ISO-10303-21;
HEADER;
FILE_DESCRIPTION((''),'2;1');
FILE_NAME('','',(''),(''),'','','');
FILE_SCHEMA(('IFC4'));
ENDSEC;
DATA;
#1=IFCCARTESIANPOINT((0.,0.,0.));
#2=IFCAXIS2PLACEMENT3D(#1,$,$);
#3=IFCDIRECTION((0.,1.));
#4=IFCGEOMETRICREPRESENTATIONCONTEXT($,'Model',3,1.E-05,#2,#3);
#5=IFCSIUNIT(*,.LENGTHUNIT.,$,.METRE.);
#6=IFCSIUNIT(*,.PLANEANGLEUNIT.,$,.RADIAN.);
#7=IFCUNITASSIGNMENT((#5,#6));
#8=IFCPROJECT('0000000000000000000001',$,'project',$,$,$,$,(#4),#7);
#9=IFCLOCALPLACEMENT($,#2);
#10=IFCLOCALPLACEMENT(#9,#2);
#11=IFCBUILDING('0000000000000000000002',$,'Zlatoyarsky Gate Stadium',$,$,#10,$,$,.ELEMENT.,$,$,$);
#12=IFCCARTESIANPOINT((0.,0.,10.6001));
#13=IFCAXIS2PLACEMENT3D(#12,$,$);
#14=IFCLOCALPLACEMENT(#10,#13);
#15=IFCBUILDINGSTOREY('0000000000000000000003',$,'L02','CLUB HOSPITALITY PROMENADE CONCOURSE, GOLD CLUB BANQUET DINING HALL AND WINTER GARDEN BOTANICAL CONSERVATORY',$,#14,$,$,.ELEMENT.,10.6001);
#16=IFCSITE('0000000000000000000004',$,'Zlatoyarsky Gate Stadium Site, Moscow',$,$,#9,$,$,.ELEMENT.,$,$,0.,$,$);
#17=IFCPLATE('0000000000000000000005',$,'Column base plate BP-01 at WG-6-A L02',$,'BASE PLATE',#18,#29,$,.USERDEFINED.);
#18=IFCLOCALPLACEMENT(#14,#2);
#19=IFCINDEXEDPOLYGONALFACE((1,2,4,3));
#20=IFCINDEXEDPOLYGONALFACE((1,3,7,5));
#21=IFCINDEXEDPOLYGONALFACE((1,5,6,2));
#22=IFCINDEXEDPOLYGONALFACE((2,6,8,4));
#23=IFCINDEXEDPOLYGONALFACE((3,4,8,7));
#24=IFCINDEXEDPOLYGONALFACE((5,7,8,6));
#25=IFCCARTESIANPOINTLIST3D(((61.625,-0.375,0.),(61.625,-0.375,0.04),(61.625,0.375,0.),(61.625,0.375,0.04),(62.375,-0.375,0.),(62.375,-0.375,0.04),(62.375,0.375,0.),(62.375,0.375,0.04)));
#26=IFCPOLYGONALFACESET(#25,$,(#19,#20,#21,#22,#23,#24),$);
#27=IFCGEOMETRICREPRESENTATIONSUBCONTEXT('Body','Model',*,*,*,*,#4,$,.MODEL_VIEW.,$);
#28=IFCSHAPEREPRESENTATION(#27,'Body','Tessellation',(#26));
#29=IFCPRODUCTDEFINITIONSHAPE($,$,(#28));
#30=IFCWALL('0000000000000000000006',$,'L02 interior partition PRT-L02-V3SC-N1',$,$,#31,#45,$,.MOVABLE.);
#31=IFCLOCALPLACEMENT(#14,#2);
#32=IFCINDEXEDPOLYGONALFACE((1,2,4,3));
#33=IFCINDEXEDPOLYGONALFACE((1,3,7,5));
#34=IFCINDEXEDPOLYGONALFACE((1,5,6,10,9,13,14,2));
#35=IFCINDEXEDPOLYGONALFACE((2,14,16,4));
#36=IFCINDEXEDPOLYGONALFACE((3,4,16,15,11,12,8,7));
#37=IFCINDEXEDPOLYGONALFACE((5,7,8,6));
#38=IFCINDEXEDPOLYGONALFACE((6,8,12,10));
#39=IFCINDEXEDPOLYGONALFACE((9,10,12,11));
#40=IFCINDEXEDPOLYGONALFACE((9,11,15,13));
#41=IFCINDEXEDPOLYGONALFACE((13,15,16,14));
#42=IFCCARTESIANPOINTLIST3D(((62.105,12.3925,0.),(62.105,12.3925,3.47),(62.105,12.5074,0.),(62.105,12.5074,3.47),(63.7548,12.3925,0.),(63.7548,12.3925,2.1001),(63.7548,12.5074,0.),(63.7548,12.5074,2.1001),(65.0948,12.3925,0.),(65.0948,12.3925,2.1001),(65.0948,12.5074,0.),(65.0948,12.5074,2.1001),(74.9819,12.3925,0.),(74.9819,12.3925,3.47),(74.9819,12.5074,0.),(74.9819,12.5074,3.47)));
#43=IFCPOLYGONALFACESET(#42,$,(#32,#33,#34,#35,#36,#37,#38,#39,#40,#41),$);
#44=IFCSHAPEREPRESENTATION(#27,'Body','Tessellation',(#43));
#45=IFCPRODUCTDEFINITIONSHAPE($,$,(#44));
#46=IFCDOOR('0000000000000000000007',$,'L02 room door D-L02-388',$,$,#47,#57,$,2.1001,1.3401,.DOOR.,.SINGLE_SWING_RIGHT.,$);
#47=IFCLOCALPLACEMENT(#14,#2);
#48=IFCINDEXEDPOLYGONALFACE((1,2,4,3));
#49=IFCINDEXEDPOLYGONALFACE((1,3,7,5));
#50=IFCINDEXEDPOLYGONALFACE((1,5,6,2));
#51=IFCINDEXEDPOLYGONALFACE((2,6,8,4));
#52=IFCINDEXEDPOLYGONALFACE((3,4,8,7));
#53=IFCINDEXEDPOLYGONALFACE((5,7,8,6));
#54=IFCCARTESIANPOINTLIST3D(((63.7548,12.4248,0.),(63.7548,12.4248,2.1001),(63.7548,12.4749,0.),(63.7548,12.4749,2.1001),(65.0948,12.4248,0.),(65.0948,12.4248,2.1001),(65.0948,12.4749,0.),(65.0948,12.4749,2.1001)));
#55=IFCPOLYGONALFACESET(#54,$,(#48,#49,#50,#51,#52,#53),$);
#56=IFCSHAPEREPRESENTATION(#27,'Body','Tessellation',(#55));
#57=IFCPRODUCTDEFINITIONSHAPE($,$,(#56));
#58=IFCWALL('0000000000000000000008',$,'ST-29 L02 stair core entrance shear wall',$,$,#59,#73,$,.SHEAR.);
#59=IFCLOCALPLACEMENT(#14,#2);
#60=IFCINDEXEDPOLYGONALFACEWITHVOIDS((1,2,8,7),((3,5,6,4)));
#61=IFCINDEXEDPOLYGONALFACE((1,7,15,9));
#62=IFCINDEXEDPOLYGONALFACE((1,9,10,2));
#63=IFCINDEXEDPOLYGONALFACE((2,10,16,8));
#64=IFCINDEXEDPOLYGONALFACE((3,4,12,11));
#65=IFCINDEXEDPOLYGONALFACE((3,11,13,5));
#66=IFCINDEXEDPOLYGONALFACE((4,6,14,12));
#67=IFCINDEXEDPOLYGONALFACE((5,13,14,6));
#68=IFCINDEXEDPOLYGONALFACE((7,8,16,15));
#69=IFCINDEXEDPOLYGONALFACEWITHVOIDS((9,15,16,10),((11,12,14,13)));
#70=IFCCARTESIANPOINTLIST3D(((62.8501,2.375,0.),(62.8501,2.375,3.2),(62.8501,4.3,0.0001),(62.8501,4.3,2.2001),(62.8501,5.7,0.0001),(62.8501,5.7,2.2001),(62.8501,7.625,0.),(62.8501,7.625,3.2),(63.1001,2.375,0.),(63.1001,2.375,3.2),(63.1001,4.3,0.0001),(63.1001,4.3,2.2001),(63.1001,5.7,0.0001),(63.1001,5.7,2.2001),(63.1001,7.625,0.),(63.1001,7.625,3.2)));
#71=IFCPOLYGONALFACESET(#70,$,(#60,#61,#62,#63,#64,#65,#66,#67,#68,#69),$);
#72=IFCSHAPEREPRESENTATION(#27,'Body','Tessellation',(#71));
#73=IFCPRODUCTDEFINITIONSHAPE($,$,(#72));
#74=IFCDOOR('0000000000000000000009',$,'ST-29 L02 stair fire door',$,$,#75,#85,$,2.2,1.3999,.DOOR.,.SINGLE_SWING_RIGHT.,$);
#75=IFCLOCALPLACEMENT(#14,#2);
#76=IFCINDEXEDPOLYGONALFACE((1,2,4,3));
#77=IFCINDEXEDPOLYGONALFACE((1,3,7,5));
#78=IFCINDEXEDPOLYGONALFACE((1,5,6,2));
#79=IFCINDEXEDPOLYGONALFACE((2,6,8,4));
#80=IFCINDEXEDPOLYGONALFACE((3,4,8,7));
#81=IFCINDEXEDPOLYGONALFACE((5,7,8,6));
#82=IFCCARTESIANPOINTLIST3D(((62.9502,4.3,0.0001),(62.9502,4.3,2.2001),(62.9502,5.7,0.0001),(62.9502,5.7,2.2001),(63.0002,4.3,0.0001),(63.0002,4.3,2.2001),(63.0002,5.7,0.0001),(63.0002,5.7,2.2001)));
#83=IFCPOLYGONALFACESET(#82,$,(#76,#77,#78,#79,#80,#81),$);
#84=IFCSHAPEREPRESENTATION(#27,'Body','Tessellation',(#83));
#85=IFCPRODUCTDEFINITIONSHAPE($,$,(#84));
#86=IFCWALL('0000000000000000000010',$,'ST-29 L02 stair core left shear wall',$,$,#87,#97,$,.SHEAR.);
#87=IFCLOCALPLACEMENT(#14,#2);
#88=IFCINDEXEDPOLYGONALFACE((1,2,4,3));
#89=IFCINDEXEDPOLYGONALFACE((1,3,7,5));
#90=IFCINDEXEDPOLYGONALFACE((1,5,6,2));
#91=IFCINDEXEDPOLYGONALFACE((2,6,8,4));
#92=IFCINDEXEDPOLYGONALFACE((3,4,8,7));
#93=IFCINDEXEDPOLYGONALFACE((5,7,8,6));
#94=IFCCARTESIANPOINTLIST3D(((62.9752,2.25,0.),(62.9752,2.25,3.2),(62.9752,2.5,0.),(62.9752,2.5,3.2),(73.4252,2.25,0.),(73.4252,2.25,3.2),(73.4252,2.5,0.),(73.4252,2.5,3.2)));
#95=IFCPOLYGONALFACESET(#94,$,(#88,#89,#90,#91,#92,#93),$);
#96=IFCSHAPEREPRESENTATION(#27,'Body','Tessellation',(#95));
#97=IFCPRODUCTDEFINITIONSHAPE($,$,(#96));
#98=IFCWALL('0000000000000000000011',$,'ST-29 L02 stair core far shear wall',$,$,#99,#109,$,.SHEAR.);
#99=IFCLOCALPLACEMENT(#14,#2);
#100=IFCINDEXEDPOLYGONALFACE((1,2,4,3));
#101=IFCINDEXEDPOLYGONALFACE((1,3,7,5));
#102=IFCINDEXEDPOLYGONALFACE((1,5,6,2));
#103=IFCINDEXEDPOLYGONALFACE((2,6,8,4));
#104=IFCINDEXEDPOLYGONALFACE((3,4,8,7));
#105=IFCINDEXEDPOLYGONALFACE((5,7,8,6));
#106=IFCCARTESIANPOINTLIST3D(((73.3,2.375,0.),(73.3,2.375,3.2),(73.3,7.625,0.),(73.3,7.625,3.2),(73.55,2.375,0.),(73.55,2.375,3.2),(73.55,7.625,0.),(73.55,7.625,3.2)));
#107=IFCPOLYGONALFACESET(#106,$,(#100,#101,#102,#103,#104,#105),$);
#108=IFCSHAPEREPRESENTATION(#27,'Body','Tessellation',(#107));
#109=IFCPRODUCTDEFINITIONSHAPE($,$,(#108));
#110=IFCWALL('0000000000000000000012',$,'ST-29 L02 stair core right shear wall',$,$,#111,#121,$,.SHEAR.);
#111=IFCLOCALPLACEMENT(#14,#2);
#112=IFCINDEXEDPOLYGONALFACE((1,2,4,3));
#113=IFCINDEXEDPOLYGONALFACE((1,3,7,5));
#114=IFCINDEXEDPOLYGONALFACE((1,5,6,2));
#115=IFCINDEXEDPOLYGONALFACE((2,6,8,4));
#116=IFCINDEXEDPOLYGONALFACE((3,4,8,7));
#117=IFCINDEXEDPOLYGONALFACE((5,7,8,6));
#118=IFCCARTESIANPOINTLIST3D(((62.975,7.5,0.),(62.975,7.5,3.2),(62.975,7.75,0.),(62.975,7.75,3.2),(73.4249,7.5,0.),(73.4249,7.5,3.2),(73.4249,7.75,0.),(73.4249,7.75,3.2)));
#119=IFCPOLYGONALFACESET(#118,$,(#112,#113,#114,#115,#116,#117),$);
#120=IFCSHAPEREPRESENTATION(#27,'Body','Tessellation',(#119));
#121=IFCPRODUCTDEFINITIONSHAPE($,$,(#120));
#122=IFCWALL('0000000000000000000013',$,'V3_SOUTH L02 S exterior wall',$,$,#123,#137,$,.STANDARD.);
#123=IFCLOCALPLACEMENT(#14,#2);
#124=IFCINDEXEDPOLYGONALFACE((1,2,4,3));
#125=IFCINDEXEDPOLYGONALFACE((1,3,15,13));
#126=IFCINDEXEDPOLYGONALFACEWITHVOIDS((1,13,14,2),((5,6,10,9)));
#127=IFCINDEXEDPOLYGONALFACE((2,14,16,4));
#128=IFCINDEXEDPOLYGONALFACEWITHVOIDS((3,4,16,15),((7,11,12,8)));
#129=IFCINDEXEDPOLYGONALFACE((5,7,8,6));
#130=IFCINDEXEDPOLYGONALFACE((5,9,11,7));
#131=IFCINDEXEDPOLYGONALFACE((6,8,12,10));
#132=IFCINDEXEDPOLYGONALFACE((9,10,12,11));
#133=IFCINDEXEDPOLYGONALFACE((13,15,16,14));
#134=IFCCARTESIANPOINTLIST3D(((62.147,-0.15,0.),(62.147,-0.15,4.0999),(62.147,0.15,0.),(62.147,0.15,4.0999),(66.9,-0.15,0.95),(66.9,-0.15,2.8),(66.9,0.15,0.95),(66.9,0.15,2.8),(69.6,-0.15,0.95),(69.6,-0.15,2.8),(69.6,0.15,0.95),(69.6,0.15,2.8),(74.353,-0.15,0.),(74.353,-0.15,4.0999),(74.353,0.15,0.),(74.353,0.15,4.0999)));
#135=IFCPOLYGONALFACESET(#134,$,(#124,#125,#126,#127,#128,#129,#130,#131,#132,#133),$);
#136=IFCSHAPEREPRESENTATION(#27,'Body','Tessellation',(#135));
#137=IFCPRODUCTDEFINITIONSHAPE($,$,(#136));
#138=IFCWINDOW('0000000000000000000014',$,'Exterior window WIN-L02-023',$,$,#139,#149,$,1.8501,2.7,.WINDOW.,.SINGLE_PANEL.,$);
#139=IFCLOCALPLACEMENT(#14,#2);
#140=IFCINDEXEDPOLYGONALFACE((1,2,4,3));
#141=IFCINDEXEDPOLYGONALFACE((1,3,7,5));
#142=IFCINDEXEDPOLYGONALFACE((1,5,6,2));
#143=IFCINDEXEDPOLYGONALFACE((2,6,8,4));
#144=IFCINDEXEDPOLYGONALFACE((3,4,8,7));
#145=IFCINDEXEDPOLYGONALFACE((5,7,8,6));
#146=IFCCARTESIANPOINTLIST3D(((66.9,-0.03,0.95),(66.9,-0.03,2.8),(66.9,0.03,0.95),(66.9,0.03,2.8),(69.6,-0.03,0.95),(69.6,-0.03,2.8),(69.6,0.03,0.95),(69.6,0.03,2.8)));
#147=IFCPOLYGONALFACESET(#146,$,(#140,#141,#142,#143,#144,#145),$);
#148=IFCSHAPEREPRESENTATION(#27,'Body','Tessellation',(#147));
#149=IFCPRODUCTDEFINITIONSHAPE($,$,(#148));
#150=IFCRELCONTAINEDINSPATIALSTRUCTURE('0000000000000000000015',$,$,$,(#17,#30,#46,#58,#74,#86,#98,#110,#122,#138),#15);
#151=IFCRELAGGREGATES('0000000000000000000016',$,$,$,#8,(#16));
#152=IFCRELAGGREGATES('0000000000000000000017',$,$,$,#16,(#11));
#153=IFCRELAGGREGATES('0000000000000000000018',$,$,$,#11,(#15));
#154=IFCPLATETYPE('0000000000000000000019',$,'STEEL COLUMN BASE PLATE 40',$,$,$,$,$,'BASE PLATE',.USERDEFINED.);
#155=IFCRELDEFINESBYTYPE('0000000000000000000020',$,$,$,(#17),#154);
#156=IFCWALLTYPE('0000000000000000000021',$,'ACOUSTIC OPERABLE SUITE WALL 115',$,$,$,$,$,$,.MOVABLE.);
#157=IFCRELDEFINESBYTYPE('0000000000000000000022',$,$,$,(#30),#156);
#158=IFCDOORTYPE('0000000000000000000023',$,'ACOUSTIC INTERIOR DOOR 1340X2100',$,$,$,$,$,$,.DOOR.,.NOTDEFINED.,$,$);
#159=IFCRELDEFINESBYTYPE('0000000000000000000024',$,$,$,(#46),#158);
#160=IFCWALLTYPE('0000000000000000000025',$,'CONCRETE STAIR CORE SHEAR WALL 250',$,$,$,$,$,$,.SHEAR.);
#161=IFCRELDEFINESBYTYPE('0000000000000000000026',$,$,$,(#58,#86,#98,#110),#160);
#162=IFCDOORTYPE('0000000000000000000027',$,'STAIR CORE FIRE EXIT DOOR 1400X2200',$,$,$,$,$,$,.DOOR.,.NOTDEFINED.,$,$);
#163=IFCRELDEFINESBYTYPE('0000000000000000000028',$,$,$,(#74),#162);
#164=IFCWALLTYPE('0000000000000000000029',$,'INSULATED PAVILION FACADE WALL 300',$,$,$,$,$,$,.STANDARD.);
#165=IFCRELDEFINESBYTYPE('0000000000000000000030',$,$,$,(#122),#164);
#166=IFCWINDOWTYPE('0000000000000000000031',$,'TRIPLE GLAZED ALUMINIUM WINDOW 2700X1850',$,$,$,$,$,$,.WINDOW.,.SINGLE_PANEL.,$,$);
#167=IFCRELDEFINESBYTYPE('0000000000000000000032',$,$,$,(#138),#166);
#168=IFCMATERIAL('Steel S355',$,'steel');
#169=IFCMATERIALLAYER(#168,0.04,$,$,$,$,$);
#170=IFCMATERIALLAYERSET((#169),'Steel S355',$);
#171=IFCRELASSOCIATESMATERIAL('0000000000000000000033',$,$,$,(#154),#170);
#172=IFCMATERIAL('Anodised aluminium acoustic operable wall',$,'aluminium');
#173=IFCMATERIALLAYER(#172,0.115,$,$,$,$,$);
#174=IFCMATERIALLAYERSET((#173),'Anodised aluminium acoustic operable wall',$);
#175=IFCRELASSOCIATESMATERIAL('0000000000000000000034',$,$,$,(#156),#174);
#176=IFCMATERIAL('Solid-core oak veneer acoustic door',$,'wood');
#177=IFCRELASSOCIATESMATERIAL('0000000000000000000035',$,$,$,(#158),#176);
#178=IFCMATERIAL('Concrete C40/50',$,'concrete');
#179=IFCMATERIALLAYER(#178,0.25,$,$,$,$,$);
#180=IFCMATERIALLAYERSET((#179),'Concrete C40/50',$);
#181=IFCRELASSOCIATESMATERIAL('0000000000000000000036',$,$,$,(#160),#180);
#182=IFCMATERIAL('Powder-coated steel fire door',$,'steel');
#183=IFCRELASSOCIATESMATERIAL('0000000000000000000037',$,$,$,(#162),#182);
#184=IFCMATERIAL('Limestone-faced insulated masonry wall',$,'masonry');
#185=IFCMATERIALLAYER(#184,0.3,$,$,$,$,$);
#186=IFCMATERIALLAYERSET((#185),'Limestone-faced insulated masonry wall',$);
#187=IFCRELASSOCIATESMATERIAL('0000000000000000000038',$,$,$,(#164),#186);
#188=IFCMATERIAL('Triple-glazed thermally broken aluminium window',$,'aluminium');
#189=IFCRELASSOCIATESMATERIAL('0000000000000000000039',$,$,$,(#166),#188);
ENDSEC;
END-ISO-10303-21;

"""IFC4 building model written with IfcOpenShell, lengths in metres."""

from ifc_helpers import new_model, si_unit, direction, frame, frame_2d, origin, origin_2d, place, context, subcontext, project, spatial, rectangle, extrude, material, layer, layer_set, type_object, element, fill, save


model = new_model("IFC4")

# Units and contexts
model_context = context("Model", 3, precision=1e-05, world=origin(), true_north=direction((0.0, 1.0)))
body_context = subcontext(model_context, "Body", "Model", "MODEL_VIEW")
ifc_project = project(units=[si_unit("LENGTHUNIT", "METRE"), si_unit("PLANEANGLEUNIT", "RADIAN")], contexts=[model_context])

# Site, building, storey
site_placement = place(None, origin())
site = spatial("IfcSite", under=ifc_project, at=site_placement, Name="Zlatoyarsky Gate Stadium Site, Moscow", CompositionType="ELEMENT", RefElevation=0.0)
building_placement = place(site_placement, origin())
building = spatial("IfcBuilding", under=site, at=building_placement, Name="Zlatoyarsky Gate Stadium", CompositionType="ELEMENT")
storey_placement = place(building_placement, frame((0.0, 0.0, 10.6001)))
storey = spatial("IfcBuildingStorey", under=building, at=storey_placement, Name="L02", Description="CLUB HOSPITALITY PROMENADE CONCOURSE, GOLD CLUB BANQUET DINING HALL AND WINTER GARDEN BOTANICAL CONSERVATORY", CompositionType="ELEMENT", Elevation=10.6001)

# Shared definitions
ifc_material_1 = material(Name="Steel S355", Category="steel")

# Plate
ifc_layer_1 = layer(ifc_material_1, 0.04)
ifc_layer_set_1 = layer_set([ifc_layer_1], Name="Steel S355")
plate_type = type_object("IfcPlateType", Name="STEEL COLUMN BASE PLATE 40", ElementType="BASE PLATE", PredefinedType="USERDEFINED", material=ifc_layer_set_1)
plate_placement = place(storey_placement, frame((62.0, 0.0, 0.0), z_axis=(0.0, 0.0, 1.0), x_axis=(1.0, 0.0, 0.0)))
element("IfcPlate", 1, at=plate_placement, inside=storey, type_object=plate_type, Name="Column base plate BP-01 at WG-6-A L02", ObjectType="BASE PLATE", PredefinedType="USERDEFINED", context=body_context, shape_type="SweptSolid", body=[
    extrude(rectangle(XDim=0.75, YDim=0.75, at=origin_2d()), origin(), (0.0, 0.0, 1.0), 0.04),
])

# Walls, openings, doors
ifc_material_2 = material(Name="Anodised aluminium acoustic operable wall", Category="aluminium")
ifc_layer_2 = layer(ifc_material_2, 0.115)
ifc_layer_set_2 = layer_set([ifc_layer_2], Name="Anodised aluminium acoustic operable wall")
wall_type_1 = type_object("IfcWallType", Name="ACOUSTIC OPERABLE SUITE WALL 115", PredefinedType="MOVABLE", material=ifc_layer_set_2)
wall_1_placement = place(storey_placement, frame((62.105, 12.45, 0.0), z_axis=(0.0, 0.0, 1.0), x_axis=(1.0, 0.0, 0.0)))
wall_1 = element("IfcWall", 2, at=wall_1_placement, inside=storey, type_object=wall_type_1, Name="L02 interior partition PRT-L02-V3SC-N1", PredefinedType="MOVABLE", context=body_context, shape_type="SweptSolid", body=[
    extrude(rectangle(XDim=12.877, YDim=0.115, at=frame_2d((6.4385, 0.0))), origin(), (0.0, 0.0, 1.0), 3.47),
])
opening_1_placement = place(wall_1_placement, frame((1.6499, 0.0, 0.0)))
opening_1 = element("IfcOpeningElement", 3, at=opening_1_placement, cuts=wall_1, PredefinedType="OPENING", context=body_context, shape_type="SweptSolid", body=[
    extrude(rectangle(XDim=1.3401, YDim=2.1001, at=frame_2d((0.6699, 1.05))), frame((0.0, 0.0674, 0.0), z_axis=(0.0, -1.0, 0.0), x_axis=(1.0, 0.0, 0.0)), (0.0, 0.0, 1.0), 0.135),
])
ifc_material_3 = material(Name="Solid-core oak veneer acoustic door", Category="wood")
door_type_1 = type_object("IfcDoorType", Name="ACOUSTIC INTERIOR DOOR 1340X2100", OperationType="NOTDEFINED", PredefinedType="DOOR", material=ifc_material_3)
door_1_placement = place(opening_1_placement, origin())
door_1 = element("IfcDoor", 4, at=door_1_placement, inside=storey, type_object=door_type_1, Name="L02 room door D-L02-388", OperationType="SINGLE_SWING_RIGHT", OverallHeight=2.1001, OverallWidth=1.3401, PredefinedType="DOOR", context=body_context, shape_type="SweptSolid", body=[
    extrude(rectangle(XDim=1.3401, YDim=2.1001, at=frame_2d((0.6699, 1.05))), frame((0.0, 0.0249, 0.0), z_axis=(0.0, -1.0, 0.0), x_axis=(1.0, 0.0, 0.0)), (0.0, 0.0, 1.0), 0.05),
])
fill(opening_1, door_1)
ifc_material_4 = material(Name="Concrete C40/50", Category="concrete")
ifc_layer_3 = layer(ifc_material_4, 0.25)
ifc_layer_set_3 = layer_set([ifc_layer_3], Name="Concrete C40/50")
wall_type_2 = type_object("IfcWallType", Name="CONCRETE STAIR CORE SHEAR WALL 250", PredefinedType="SHEAR", material=ifc_layer_set_3)
wall_2_placement = place(storey_placement, frame((62.9751, 7.625, 0.0), z_axis=(0.0, 0.0, 1.0), x_axis=(0.0, -1.0, 0.0)))
wall_2 = element("IfcWall", 5, at=wall_2_placement, inside=storey, type_object=wall_type_2, Name="ST-29 L02 stair core entrance shear wall", PredefinedType="SHEAR", context=body_context, shape_type="SweptSolid", body=[
    extrude(rectangle(XDim=5.25, YDim=0.25, at=frame_2d((2.625, 0.0))), origin(), (0.0, 0.0, 1.0), 3.2),
])
opening_2_placement = place(wall_2_placement, frame((1.925, 0.0, 0.0)))
opening_2 = element("IfcOpeningElement", 6, at=opening_2_placement, cuts=wall_2, PredefinedType="OPENING", context=body_context, shape_type="SweptSolid", body=[
    extrude(rectangle(XDim=1.3999, YDim=2.2, at=frame_2d((0.7, 1.1001))), frame((0.0, 0.135, 0.0), z_axis=(0.0, -1.0, 0.0), x_axis=(1.0, 0.0, 0.0)), (0.0, 0.0, 1.0), 0.27),
])
ifc_material_5 = material(Name="Powder-coated steel fire door", Category="steel")
door_type_2 = type_object("IfcDoorType", Name="STAIR CORE FIRE EXIT DOOR 1400X2200", OperationType="NOTDEFINED", PredefinedType="DOOR", material=ifc_material_5)
door_2_placement = place(opening_2_placement, frame((1.3999, 0.0, 0.0), z_axis=(0.0, 0.0, 1.0), x_axis=(-1.0, 0.0, 0.0)))
door_2 = element("IfcDoor", 7, at=door_2_placement, inside=storey, type_object=door_type_2, Name="ST-29 L02 stair fire door", OperationType="SINGLE_SWING_RIGHT", OverallHeight=2.2, OverallWidth=1.3999, PredefinedType="DOOR", context=body_context, shape_type="SweptSolid", body=[
    extrude(rectangle(XDim=1.3999, YDim=2.2, at=frame_2d((0.7, 1.1001))), frame((0.0, 0.0249, 0.0), z_axis=(0.0, -1.0, 0.0), x_axis=(1.0, 0.0, 0.0)), (0.0, 0.0, 1.0), 0.05),
])
fill(opening_2, door_2)

# Walls
wall_3_placement = place(storey_placement, frame((62.9751, 2.375, 0.0), z_axis=(0.0, 0.0, 1.0), x_axis=(1.0, 0.0, 0.0)))
element("IfcWall", 8, at=wall_3_placement, inside=storey, type_object=wall_type_2, Name="ST-29 L02 stair core left shear wall", PredefinedType="SHEAR", context=body_context, shape_type="SweptSolid", body=[
    extrude(rectangle(XDim=10.45, YDim=0.25, at=frame_2d((5.2251, 0.0))), origin(), (0.0, 0.0, 1.0), 3.2),
])
wall_4_placement = place(storey_placement, frame((73.425, 2.375, 0.0), z_axis=(0.0, 0.0, 1.0), x_axis=(0.0, 1.0, 0.0)))
element("IfcWall", 9, at=wall_4_placement, inside=storey, type_object=wall_type_2, Name="ST-29 L02 stair core far shear wall", PredefinedType="SHEAR", context=body_context, shape_type="SweptSolid", body=[
    extrude(rectangle(XDim=5.25, YDim=0.25, at=frame_2d((2.625, 0.0))), origin(), (0.0, 0.0, 1.0), 3.2),
])
wall_5_placement = place(storey_placement, frame((73.425, 7.625, 0.0), z_axis=(0.0, 0.0, 1.0), x_axis=(-1.0, 0.0, 0.0)))
element("IfcWall", 10, at=wall_5_placement, inside=storey, type_object=wall_type_2, Name="ST-29 L02 stair core right shear wall", PredefinedType="SHEAR", context=body_context, shape_type="SweptSolid", body=[
    extrude(rectangle(XDim=10.45, YDim=0.25, at=frame_2d((5.2251, 0.0))), origin(), (0.0, 0.0, 1.0), 3.2),
])

# Wall, opening, window
ifc_material_6 = material(Name="Limestone-faced insulated masonry wall", Category="masonry")
ifc_layer_4 = layer(ifc_material_6, 0.3)
ifc_layer_set_4 = layer_set([ifc_layer_4], Name="Limestone-faced insulated masonry wall")
wall_type_3 = type_object("IfcWallType", Name="INSULATED PAVILION FACADE WALL 300", PredefinedType="STANDARD", material=ifc_layer_set_4)
wall_6_placement = place(storey_placement, frame((62.147, 0.0, 0.0), z_axis=(0.0, 0.0, 1.0), x_axis=(1.0, 0.0, 0.0)))
wall_6 = element("IfcWall", 11, at=wall_6_placement, inside=storey, type_object=wall_type_3, Name="V3_SOUTH L02 S exterior wall", PredefinedType="STANDARD", context=body_context, shape_type="SweptSolid", body=[
    extrude(rectangle(XDim=12.2061, YDim=0.3, at=frame_2d((6.103, 0.0))), origin(), (0.0, 0.0, 1.0), 4.0999),
])
opening_3_placement = place(wall_6_placement, frame((4.7529, 0.0, 0.95)))
opening_3 = element("IfcOpeningElement", 12, at=opening_3_placement, cuts=wall_6, PredefinedType="OPENING", context=body_context, shape_type="SweptSolid", body=[
    extrude(rectangle(XDim=2.7, YDim=1.8501, at=frame_2d((1.3501, 0.925))), frame((0.0, 0.1599, 0.0), z_axis=(0.0, -1.0, 0.0), x_axis=(1.0, 0.0, 0.0)), (0.0, 0.0, 1.0), 0.3201),
])
ifc_material_7 = material(Name="Triple-glazed thermally broken aluminium window", Category="aluminium")
window_type_1 = type_object("IfcWindowType", Name="TRIPLE GLAZED ALUMINIUM WINDOW 2700X1850", PartitioningType="SINGLE_PANEL", PredefinedType="WINDOW", material=ifc_material_7)
window_1_placement = place(opening_3_placement, origin())
window_1 = element("IfcWindow", 13, at=window_1_placement, inside=storey, type_object=window_type_1, Name="Exterior window WIN-L02-023", OverallHeight=1.8501, OverallWidth=2.7, PartitioningType="SINGLE_PANEL", PredefinedType="WINDOW", context=body_context, shape_type="SweptSolid", body=[
    extrude(rectangle(XDim=2.7, YDim=1.8501, at=frame_2d((1.3501, 0.925))), frame((0.0, 0.03, 0.0), z_axis=(0.0, -1.0, 0.0), x_axis=(1.0, 0.0, 0.0)), (0.0, 0.0, 1.0), 0.0601),
])
fill(opening_3, window_1)

save(model, "model.ifc")
